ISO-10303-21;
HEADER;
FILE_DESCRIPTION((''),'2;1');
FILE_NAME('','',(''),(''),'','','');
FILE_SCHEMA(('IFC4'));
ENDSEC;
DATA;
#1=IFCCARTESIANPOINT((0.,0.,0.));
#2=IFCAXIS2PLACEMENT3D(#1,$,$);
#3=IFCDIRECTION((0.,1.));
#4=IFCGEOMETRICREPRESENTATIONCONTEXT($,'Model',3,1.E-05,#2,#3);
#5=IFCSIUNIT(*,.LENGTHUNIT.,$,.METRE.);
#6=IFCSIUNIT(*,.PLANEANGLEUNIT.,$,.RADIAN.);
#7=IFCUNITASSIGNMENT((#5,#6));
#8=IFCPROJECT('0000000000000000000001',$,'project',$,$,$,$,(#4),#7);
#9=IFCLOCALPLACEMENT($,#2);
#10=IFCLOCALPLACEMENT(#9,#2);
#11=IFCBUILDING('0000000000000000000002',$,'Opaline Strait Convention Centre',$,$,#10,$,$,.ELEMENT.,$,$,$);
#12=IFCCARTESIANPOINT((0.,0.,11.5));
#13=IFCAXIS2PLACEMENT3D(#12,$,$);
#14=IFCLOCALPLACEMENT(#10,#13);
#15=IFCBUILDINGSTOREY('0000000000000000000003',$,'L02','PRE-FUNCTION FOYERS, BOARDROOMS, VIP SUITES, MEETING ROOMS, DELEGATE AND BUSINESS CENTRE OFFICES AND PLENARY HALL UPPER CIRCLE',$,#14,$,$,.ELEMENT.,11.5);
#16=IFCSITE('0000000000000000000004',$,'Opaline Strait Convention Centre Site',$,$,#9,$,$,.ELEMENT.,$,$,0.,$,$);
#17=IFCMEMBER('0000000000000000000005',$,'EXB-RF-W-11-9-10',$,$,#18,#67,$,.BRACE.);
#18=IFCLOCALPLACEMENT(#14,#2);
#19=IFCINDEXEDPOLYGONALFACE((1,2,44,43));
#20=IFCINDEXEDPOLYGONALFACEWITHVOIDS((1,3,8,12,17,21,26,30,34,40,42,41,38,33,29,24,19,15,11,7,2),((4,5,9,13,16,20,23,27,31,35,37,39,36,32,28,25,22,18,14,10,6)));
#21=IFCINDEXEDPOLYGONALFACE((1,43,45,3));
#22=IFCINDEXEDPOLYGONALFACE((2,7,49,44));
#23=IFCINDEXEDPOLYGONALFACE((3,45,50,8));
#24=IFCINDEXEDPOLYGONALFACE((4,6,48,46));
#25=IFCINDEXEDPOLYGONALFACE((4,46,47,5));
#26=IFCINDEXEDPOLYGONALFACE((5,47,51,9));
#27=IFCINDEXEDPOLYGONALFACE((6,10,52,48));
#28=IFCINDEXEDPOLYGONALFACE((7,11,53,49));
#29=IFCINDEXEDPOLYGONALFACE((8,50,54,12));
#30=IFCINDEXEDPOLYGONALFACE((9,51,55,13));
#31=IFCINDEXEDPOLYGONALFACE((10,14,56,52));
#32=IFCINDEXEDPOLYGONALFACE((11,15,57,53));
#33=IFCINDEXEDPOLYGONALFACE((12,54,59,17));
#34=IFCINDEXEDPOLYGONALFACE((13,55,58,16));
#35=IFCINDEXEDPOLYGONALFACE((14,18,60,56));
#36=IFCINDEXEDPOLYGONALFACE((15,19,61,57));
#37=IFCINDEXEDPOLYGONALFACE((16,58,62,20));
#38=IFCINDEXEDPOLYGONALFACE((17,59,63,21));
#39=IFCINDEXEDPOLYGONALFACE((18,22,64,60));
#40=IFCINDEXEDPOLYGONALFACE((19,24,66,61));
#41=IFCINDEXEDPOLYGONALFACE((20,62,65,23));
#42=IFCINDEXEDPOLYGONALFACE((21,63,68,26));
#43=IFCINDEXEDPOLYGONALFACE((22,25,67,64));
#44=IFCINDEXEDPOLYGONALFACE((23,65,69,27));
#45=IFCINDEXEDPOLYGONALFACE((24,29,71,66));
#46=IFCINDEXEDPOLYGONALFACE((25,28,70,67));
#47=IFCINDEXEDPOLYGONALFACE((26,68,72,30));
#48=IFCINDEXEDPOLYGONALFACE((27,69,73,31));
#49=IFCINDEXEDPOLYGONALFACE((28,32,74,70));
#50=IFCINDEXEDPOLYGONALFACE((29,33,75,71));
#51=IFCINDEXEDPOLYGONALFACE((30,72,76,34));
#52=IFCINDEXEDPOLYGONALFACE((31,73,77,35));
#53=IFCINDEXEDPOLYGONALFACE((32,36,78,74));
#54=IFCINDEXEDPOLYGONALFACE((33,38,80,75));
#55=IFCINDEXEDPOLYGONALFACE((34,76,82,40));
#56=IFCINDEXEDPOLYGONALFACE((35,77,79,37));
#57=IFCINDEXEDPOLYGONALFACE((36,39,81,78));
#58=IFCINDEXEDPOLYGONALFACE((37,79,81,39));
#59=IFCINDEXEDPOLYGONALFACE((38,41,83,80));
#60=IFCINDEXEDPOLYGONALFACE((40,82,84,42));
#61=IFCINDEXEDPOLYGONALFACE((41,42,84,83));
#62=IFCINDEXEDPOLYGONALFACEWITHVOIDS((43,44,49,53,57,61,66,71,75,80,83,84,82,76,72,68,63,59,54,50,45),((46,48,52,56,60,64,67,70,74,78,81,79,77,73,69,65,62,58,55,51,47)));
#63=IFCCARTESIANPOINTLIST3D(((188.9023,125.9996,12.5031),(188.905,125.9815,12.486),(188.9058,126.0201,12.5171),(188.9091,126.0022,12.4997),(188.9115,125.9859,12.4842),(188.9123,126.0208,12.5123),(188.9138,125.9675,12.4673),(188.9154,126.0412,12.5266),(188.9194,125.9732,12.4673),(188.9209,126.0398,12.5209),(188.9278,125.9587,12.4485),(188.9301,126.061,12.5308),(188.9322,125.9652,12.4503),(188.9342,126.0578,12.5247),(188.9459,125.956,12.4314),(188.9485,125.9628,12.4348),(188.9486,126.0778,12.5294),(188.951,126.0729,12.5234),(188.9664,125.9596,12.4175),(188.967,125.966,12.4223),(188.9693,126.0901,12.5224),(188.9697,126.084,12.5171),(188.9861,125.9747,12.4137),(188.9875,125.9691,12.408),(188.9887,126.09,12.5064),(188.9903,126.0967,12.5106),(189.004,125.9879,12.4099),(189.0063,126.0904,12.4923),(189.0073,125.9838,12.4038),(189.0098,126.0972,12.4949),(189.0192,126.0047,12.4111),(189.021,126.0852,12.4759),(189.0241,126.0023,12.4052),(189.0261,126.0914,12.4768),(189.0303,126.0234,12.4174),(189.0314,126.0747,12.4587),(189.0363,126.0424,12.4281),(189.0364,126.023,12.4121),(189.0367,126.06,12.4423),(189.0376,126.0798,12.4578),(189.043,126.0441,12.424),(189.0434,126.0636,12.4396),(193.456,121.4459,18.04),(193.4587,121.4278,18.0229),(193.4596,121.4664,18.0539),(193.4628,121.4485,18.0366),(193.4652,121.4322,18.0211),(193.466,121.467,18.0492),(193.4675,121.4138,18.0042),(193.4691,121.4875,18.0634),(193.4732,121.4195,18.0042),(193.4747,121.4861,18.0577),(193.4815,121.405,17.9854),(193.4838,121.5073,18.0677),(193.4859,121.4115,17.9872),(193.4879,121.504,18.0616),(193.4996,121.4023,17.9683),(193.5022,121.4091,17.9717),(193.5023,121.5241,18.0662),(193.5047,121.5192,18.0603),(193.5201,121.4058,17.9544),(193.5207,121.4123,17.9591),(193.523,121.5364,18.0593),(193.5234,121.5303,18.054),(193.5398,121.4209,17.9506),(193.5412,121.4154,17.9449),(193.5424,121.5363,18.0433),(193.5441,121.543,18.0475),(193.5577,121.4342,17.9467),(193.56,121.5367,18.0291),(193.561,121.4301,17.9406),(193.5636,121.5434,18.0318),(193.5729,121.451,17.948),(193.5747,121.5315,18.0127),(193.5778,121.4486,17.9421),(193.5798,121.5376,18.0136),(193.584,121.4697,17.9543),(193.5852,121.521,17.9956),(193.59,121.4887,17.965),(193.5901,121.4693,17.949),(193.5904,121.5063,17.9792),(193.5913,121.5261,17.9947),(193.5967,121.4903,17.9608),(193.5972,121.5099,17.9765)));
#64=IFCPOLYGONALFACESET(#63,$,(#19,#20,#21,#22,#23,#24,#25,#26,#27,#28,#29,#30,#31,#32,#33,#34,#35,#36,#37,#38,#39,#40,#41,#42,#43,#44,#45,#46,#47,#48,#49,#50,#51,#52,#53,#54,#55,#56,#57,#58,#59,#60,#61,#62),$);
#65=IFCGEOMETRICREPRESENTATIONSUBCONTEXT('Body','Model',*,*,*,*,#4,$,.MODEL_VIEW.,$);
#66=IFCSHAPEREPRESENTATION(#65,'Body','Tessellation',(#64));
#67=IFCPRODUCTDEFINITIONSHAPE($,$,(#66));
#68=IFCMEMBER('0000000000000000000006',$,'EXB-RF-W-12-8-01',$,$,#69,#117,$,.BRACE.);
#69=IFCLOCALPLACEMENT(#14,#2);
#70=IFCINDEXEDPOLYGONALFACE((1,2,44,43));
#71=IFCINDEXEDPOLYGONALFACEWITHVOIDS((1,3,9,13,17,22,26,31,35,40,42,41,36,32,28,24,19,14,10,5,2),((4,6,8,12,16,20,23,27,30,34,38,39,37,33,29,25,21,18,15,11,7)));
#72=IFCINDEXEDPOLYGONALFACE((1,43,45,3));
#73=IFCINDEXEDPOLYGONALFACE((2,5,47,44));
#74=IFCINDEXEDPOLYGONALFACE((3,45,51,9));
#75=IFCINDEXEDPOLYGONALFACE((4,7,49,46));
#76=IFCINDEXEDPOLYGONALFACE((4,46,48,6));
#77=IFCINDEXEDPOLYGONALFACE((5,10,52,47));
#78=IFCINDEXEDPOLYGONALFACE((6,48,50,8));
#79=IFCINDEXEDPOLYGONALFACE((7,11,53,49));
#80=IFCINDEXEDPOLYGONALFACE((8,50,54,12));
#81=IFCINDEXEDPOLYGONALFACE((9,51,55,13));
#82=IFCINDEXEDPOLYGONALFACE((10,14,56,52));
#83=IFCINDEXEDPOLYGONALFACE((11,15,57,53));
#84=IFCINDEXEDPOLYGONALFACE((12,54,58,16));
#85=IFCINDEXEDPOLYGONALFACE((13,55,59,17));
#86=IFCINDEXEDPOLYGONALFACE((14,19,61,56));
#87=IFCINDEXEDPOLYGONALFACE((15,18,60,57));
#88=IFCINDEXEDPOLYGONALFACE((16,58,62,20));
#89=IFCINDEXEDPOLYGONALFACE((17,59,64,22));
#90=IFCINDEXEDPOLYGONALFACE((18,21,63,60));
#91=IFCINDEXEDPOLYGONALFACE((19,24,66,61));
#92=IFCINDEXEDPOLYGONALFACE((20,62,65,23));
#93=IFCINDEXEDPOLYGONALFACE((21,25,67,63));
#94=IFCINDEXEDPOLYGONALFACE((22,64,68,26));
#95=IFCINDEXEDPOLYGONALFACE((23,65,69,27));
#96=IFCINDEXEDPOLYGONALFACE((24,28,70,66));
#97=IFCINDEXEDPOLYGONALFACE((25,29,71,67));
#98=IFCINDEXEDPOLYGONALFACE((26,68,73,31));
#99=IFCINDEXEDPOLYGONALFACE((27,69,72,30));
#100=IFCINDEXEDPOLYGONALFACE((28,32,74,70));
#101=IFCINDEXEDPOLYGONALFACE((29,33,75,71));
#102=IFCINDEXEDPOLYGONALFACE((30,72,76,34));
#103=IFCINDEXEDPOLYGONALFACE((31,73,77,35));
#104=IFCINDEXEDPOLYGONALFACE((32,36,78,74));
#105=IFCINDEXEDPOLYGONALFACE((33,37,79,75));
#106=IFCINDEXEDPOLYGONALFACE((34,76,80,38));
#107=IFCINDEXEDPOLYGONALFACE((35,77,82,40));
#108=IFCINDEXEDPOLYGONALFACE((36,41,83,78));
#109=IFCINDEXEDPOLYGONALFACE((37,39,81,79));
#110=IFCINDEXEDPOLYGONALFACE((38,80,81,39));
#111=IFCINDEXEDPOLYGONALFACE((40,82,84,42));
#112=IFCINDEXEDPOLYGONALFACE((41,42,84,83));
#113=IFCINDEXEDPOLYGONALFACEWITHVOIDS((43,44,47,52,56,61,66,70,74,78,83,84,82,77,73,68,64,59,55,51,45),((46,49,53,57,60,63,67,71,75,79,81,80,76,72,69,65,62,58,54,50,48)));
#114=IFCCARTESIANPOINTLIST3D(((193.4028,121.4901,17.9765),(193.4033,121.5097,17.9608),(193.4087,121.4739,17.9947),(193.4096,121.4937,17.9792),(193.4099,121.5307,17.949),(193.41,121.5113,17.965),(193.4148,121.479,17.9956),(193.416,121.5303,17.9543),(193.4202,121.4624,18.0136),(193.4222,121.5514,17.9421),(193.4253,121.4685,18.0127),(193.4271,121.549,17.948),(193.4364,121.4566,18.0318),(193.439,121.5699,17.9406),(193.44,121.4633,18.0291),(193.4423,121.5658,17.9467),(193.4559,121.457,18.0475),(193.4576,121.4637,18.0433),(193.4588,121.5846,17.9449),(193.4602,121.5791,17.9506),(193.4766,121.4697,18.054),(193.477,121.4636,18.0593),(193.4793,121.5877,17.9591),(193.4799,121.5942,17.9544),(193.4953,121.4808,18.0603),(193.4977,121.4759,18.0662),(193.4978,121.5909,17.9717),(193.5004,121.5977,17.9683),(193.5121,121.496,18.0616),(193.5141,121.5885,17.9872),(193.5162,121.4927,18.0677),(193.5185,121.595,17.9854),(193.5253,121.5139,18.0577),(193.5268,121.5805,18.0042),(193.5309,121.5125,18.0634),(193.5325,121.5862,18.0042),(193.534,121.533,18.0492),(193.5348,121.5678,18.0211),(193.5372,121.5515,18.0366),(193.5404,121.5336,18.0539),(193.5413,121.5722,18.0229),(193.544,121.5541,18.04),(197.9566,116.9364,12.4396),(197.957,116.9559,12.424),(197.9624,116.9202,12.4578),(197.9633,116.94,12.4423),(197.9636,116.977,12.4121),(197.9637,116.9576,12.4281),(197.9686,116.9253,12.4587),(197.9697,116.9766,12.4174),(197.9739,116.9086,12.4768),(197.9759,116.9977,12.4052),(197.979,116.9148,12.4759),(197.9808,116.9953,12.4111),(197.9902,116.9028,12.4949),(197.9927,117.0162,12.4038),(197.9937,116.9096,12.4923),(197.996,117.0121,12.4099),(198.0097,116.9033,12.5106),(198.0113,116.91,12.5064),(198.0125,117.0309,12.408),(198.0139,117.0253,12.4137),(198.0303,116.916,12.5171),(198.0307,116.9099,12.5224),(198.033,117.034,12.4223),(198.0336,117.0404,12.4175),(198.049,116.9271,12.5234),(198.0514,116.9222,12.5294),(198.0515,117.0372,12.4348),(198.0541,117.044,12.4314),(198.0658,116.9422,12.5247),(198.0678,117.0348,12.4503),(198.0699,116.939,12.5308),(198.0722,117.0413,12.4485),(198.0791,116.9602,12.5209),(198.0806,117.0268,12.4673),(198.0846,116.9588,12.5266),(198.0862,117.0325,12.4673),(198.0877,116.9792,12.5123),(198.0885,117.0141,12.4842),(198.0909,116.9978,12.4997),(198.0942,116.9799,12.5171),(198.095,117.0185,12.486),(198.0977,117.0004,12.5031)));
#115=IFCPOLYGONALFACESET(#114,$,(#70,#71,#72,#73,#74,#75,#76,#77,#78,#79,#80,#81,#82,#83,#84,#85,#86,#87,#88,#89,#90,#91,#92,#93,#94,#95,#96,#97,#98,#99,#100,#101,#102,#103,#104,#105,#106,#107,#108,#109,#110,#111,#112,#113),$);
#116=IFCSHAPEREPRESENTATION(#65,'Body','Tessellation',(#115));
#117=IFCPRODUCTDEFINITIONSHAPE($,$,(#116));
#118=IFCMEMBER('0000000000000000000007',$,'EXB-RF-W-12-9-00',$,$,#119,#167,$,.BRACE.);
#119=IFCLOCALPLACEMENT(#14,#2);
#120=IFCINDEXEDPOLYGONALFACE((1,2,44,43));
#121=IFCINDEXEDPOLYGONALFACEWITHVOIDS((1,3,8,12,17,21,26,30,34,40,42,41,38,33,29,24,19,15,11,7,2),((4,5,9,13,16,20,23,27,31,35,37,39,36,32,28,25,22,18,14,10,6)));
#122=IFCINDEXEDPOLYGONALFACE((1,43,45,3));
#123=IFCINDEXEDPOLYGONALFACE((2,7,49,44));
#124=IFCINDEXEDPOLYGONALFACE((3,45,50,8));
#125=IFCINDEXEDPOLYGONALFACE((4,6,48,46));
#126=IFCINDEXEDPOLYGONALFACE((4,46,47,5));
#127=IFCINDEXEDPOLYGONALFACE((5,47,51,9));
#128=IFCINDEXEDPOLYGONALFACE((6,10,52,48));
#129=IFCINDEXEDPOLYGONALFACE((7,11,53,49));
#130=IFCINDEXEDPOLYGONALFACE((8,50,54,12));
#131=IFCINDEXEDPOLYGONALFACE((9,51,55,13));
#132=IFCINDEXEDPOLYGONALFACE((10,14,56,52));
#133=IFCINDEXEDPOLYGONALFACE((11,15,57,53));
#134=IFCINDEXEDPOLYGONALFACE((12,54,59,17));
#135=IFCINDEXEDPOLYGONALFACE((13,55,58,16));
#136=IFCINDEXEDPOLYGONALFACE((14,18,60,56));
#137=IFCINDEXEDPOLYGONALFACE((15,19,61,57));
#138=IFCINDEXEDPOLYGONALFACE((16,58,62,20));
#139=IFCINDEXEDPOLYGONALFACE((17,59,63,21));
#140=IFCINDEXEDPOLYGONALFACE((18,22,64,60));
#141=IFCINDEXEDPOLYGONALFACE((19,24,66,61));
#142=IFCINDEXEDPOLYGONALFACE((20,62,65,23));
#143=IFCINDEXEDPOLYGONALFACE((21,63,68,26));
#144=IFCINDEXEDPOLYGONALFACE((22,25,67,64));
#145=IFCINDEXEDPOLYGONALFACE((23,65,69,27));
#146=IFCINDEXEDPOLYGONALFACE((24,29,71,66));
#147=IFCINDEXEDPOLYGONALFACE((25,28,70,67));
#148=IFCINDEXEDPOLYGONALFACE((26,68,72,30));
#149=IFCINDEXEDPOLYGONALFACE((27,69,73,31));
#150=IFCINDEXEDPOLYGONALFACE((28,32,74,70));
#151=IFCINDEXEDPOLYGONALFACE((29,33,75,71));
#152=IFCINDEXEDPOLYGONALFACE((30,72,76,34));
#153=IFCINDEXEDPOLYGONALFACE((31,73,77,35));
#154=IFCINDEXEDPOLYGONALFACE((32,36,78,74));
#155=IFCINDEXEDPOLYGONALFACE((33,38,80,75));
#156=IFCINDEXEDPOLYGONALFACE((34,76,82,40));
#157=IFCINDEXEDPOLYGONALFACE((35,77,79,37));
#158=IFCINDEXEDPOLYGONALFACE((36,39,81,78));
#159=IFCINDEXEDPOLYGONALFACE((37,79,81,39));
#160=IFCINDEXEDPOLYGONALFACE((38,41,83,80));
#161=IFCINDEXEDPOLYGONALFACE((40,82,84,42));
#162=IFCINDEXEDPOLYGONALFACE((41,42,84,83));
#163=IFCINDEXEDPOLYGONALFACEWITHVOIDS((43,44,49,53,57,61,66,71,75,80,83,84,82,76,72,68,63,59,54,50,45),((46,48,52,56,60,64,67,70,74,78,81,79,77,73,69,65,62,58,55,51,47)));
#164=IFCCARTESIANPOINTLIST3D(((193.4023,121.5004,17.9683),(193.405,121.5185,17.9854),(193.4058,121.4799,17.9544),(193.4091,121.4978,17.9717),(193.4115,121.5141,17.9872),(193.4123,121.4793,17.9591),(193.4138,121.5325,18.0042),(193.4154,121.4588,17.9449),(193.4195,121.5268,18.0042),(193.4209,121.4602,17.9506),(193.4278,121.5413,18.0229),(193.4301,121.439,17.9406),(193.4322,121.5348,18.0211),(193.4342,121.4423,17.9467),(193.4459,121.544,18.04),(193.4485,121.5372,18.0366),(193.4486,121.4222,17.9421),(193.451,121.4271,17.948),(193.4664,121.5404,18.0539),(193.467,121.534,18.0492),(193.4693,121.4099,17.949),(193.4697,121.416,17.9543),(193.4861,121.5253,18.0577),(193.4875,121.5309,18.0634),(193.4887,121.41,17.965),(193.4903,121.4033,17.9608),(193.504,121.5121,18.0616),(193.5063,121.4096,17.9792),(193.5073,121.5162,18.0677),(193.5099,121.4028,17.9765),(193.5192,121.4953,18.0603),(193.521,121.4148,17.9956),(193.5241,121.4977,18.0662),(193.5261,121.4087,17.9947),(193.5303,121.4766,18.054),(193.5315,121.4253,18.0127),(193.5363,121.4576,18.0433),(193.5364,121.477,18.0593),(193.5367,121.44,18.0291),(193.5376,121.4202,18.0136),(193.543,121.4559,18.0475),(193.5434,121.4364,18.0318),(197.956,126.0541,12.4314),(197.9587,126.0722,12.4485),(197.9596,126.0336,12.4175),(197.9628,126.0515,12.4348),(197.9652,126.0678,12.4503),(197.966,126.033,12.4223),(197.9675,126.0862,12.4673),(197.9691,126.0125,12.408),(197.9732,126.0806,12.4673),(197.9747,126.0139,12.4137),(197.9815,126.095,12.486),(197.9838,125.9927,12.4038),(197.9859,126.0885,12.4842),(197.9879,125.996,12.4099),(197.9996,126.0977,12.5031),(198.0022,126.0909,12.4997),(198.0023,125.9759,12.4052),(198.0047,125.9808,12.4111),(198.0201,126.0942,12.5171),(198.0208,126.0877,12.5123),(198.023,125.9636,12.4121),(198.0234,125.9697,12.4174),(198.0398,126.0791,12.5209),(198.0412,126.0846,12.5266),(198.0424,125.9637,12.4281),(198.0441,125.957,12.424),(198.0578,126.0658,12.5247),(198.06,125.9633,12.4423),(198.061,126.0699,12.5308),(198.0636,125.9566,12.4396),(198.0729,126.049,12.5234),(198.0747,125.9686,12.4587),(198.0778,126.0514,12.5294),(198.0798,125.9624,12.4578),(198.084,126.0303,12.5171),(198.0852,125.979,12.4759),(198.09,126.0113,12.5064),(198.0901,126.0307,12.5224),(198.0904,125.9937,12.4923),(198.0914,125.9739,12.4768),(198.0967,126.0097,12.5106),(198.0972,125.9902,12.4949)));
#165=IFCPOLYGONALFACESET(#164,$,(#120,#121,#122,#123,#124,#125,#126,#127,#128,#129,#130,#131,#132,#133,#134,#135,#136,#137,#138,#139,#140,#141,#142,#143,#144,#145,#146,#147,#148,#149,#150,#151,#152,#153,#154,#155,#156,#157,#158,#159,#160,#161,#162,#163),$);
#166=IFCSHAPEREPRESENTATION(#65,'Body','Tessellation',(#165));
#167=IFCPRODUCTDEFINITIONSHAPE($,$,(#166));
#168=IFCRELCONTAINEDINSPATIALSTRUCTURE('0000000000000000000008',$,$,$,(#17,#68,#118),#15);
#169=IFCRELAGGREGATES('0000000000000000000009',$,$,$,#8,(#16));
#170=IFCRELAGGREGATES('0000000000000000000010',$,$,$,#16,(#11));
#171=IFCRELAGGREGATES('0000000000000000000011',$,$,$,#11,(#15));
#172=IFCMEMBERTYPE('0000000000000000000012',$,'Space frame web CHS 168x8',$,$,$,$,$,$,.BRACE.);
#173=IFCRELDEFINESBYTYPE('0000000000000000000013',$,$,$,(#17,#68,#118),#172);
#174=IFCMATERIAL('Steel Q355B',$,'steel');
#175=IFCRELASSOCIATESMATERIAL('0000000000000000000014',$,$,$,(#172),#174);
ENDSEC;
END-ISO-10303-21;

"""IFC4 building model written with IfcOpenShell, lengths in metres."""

from ifc_helpers import new_model, si_unit, direction, frame, origin, origin_2d, place, context, subcontext, project, spatial, hollow_circle, extrude, material, material_profile, profile_set, type_object, element, save


model = new_model("IFC4")

# Units and contexts
model_context = context("Model", 3, precision=1e-05, world=origin(), true_north=direction((0.0, 1.0)))
body_context = subcontext(model_context, "Body", "Model", "MODEL_VIEW")
ifc_project = project(units=[si_unit("LENGTHUNIT", "METRE"), si_unit("PLANEANGLEUNIT", "RADIAN")], contexts=[model_context])

# Site, building, storey
site_placement = place(None, origin())
site = spatial("IfcSite", under=ifc_project, at=site_placement, Name="Opaline Strait Convention Centre Site", CompositionType="ELEMENT", RefElevation=0.0)
building_placement = place(site_placement, origin())
building = spatial("IfcBuilding", under=site, at=building_placement, Name="Opaline Strait Convention Centre", CompositionType="ELEMENT")
storey_placement = place(building_placement, frame((0.0, 0.0, 11.5)))
storey = spatial("IfcBuildingStorey", under=building, at=storey_placement, Name="L02", Description="PRE-FUNCTION FOYERS, BOARDROOMS, VIP SUITES, MEETING ROOMS, DELEGATE AND BUSINESS CENTRE OFFICES AND PLENARY HALL UPPER CIRCLE", CompositionType="ELEMENT", Elevation=11.5)

# Members
ifc_material = material(Name="Steel Q355B", Category="steel")
ifc_material_profile_1 = material_profile(ifc_material, hollow_circle(Radius=0.084, WallThickness=0.0081, at=origin_2d()), Name="CHS 168x8")
ifc_profile_set_1 = profile_set([ifc_material_profile_1], Name="Steel Q355B")
member_type_1 = type_object("IfcMemberType", Name="Space frame web CHS 168x8", PredefinedType="BRACE", material=ifc_profile_set_1)
for number, where, z_axis, x_axis, name in (
    (1, (193.5269, 121.4731, 18.0042), (-0.536178, 0.536178, -0.65194), (-0.707107, -0.707107, 0.0), "EXB-RF-W-11-9-10"),
    (2, (193.4731, 121.5269, 18.0042), (0.536178, -0.536178, -0.65194), (0.707107, 0.707107, 0.0), "EXB-RF-W-12-8-01"),
    (3, (193.4731, 121.4731, 18.0042), (0.536178, 0.536178, -0.65194), (-0.707107, 0.707107, 0.0), "EXB-RF-W-12-9-00"),
):
    element("IfcMember", number, at=place(storey_placement, frame(where, z_axis=z_axis, x_axis=x_axis)), inside=storey, type_object=member_type_1, Name=name, PredefinedType="BRACE", context=body_context, shape_type="SweptSolid", body=[
        extrude(hollow_circle(Radius=0.084, WallThickness=0.0081, at=origin_2d()), origin(), (0.0, 0.0, 1.0), 8.4929),
    ])

save(model, "model.ifc")
